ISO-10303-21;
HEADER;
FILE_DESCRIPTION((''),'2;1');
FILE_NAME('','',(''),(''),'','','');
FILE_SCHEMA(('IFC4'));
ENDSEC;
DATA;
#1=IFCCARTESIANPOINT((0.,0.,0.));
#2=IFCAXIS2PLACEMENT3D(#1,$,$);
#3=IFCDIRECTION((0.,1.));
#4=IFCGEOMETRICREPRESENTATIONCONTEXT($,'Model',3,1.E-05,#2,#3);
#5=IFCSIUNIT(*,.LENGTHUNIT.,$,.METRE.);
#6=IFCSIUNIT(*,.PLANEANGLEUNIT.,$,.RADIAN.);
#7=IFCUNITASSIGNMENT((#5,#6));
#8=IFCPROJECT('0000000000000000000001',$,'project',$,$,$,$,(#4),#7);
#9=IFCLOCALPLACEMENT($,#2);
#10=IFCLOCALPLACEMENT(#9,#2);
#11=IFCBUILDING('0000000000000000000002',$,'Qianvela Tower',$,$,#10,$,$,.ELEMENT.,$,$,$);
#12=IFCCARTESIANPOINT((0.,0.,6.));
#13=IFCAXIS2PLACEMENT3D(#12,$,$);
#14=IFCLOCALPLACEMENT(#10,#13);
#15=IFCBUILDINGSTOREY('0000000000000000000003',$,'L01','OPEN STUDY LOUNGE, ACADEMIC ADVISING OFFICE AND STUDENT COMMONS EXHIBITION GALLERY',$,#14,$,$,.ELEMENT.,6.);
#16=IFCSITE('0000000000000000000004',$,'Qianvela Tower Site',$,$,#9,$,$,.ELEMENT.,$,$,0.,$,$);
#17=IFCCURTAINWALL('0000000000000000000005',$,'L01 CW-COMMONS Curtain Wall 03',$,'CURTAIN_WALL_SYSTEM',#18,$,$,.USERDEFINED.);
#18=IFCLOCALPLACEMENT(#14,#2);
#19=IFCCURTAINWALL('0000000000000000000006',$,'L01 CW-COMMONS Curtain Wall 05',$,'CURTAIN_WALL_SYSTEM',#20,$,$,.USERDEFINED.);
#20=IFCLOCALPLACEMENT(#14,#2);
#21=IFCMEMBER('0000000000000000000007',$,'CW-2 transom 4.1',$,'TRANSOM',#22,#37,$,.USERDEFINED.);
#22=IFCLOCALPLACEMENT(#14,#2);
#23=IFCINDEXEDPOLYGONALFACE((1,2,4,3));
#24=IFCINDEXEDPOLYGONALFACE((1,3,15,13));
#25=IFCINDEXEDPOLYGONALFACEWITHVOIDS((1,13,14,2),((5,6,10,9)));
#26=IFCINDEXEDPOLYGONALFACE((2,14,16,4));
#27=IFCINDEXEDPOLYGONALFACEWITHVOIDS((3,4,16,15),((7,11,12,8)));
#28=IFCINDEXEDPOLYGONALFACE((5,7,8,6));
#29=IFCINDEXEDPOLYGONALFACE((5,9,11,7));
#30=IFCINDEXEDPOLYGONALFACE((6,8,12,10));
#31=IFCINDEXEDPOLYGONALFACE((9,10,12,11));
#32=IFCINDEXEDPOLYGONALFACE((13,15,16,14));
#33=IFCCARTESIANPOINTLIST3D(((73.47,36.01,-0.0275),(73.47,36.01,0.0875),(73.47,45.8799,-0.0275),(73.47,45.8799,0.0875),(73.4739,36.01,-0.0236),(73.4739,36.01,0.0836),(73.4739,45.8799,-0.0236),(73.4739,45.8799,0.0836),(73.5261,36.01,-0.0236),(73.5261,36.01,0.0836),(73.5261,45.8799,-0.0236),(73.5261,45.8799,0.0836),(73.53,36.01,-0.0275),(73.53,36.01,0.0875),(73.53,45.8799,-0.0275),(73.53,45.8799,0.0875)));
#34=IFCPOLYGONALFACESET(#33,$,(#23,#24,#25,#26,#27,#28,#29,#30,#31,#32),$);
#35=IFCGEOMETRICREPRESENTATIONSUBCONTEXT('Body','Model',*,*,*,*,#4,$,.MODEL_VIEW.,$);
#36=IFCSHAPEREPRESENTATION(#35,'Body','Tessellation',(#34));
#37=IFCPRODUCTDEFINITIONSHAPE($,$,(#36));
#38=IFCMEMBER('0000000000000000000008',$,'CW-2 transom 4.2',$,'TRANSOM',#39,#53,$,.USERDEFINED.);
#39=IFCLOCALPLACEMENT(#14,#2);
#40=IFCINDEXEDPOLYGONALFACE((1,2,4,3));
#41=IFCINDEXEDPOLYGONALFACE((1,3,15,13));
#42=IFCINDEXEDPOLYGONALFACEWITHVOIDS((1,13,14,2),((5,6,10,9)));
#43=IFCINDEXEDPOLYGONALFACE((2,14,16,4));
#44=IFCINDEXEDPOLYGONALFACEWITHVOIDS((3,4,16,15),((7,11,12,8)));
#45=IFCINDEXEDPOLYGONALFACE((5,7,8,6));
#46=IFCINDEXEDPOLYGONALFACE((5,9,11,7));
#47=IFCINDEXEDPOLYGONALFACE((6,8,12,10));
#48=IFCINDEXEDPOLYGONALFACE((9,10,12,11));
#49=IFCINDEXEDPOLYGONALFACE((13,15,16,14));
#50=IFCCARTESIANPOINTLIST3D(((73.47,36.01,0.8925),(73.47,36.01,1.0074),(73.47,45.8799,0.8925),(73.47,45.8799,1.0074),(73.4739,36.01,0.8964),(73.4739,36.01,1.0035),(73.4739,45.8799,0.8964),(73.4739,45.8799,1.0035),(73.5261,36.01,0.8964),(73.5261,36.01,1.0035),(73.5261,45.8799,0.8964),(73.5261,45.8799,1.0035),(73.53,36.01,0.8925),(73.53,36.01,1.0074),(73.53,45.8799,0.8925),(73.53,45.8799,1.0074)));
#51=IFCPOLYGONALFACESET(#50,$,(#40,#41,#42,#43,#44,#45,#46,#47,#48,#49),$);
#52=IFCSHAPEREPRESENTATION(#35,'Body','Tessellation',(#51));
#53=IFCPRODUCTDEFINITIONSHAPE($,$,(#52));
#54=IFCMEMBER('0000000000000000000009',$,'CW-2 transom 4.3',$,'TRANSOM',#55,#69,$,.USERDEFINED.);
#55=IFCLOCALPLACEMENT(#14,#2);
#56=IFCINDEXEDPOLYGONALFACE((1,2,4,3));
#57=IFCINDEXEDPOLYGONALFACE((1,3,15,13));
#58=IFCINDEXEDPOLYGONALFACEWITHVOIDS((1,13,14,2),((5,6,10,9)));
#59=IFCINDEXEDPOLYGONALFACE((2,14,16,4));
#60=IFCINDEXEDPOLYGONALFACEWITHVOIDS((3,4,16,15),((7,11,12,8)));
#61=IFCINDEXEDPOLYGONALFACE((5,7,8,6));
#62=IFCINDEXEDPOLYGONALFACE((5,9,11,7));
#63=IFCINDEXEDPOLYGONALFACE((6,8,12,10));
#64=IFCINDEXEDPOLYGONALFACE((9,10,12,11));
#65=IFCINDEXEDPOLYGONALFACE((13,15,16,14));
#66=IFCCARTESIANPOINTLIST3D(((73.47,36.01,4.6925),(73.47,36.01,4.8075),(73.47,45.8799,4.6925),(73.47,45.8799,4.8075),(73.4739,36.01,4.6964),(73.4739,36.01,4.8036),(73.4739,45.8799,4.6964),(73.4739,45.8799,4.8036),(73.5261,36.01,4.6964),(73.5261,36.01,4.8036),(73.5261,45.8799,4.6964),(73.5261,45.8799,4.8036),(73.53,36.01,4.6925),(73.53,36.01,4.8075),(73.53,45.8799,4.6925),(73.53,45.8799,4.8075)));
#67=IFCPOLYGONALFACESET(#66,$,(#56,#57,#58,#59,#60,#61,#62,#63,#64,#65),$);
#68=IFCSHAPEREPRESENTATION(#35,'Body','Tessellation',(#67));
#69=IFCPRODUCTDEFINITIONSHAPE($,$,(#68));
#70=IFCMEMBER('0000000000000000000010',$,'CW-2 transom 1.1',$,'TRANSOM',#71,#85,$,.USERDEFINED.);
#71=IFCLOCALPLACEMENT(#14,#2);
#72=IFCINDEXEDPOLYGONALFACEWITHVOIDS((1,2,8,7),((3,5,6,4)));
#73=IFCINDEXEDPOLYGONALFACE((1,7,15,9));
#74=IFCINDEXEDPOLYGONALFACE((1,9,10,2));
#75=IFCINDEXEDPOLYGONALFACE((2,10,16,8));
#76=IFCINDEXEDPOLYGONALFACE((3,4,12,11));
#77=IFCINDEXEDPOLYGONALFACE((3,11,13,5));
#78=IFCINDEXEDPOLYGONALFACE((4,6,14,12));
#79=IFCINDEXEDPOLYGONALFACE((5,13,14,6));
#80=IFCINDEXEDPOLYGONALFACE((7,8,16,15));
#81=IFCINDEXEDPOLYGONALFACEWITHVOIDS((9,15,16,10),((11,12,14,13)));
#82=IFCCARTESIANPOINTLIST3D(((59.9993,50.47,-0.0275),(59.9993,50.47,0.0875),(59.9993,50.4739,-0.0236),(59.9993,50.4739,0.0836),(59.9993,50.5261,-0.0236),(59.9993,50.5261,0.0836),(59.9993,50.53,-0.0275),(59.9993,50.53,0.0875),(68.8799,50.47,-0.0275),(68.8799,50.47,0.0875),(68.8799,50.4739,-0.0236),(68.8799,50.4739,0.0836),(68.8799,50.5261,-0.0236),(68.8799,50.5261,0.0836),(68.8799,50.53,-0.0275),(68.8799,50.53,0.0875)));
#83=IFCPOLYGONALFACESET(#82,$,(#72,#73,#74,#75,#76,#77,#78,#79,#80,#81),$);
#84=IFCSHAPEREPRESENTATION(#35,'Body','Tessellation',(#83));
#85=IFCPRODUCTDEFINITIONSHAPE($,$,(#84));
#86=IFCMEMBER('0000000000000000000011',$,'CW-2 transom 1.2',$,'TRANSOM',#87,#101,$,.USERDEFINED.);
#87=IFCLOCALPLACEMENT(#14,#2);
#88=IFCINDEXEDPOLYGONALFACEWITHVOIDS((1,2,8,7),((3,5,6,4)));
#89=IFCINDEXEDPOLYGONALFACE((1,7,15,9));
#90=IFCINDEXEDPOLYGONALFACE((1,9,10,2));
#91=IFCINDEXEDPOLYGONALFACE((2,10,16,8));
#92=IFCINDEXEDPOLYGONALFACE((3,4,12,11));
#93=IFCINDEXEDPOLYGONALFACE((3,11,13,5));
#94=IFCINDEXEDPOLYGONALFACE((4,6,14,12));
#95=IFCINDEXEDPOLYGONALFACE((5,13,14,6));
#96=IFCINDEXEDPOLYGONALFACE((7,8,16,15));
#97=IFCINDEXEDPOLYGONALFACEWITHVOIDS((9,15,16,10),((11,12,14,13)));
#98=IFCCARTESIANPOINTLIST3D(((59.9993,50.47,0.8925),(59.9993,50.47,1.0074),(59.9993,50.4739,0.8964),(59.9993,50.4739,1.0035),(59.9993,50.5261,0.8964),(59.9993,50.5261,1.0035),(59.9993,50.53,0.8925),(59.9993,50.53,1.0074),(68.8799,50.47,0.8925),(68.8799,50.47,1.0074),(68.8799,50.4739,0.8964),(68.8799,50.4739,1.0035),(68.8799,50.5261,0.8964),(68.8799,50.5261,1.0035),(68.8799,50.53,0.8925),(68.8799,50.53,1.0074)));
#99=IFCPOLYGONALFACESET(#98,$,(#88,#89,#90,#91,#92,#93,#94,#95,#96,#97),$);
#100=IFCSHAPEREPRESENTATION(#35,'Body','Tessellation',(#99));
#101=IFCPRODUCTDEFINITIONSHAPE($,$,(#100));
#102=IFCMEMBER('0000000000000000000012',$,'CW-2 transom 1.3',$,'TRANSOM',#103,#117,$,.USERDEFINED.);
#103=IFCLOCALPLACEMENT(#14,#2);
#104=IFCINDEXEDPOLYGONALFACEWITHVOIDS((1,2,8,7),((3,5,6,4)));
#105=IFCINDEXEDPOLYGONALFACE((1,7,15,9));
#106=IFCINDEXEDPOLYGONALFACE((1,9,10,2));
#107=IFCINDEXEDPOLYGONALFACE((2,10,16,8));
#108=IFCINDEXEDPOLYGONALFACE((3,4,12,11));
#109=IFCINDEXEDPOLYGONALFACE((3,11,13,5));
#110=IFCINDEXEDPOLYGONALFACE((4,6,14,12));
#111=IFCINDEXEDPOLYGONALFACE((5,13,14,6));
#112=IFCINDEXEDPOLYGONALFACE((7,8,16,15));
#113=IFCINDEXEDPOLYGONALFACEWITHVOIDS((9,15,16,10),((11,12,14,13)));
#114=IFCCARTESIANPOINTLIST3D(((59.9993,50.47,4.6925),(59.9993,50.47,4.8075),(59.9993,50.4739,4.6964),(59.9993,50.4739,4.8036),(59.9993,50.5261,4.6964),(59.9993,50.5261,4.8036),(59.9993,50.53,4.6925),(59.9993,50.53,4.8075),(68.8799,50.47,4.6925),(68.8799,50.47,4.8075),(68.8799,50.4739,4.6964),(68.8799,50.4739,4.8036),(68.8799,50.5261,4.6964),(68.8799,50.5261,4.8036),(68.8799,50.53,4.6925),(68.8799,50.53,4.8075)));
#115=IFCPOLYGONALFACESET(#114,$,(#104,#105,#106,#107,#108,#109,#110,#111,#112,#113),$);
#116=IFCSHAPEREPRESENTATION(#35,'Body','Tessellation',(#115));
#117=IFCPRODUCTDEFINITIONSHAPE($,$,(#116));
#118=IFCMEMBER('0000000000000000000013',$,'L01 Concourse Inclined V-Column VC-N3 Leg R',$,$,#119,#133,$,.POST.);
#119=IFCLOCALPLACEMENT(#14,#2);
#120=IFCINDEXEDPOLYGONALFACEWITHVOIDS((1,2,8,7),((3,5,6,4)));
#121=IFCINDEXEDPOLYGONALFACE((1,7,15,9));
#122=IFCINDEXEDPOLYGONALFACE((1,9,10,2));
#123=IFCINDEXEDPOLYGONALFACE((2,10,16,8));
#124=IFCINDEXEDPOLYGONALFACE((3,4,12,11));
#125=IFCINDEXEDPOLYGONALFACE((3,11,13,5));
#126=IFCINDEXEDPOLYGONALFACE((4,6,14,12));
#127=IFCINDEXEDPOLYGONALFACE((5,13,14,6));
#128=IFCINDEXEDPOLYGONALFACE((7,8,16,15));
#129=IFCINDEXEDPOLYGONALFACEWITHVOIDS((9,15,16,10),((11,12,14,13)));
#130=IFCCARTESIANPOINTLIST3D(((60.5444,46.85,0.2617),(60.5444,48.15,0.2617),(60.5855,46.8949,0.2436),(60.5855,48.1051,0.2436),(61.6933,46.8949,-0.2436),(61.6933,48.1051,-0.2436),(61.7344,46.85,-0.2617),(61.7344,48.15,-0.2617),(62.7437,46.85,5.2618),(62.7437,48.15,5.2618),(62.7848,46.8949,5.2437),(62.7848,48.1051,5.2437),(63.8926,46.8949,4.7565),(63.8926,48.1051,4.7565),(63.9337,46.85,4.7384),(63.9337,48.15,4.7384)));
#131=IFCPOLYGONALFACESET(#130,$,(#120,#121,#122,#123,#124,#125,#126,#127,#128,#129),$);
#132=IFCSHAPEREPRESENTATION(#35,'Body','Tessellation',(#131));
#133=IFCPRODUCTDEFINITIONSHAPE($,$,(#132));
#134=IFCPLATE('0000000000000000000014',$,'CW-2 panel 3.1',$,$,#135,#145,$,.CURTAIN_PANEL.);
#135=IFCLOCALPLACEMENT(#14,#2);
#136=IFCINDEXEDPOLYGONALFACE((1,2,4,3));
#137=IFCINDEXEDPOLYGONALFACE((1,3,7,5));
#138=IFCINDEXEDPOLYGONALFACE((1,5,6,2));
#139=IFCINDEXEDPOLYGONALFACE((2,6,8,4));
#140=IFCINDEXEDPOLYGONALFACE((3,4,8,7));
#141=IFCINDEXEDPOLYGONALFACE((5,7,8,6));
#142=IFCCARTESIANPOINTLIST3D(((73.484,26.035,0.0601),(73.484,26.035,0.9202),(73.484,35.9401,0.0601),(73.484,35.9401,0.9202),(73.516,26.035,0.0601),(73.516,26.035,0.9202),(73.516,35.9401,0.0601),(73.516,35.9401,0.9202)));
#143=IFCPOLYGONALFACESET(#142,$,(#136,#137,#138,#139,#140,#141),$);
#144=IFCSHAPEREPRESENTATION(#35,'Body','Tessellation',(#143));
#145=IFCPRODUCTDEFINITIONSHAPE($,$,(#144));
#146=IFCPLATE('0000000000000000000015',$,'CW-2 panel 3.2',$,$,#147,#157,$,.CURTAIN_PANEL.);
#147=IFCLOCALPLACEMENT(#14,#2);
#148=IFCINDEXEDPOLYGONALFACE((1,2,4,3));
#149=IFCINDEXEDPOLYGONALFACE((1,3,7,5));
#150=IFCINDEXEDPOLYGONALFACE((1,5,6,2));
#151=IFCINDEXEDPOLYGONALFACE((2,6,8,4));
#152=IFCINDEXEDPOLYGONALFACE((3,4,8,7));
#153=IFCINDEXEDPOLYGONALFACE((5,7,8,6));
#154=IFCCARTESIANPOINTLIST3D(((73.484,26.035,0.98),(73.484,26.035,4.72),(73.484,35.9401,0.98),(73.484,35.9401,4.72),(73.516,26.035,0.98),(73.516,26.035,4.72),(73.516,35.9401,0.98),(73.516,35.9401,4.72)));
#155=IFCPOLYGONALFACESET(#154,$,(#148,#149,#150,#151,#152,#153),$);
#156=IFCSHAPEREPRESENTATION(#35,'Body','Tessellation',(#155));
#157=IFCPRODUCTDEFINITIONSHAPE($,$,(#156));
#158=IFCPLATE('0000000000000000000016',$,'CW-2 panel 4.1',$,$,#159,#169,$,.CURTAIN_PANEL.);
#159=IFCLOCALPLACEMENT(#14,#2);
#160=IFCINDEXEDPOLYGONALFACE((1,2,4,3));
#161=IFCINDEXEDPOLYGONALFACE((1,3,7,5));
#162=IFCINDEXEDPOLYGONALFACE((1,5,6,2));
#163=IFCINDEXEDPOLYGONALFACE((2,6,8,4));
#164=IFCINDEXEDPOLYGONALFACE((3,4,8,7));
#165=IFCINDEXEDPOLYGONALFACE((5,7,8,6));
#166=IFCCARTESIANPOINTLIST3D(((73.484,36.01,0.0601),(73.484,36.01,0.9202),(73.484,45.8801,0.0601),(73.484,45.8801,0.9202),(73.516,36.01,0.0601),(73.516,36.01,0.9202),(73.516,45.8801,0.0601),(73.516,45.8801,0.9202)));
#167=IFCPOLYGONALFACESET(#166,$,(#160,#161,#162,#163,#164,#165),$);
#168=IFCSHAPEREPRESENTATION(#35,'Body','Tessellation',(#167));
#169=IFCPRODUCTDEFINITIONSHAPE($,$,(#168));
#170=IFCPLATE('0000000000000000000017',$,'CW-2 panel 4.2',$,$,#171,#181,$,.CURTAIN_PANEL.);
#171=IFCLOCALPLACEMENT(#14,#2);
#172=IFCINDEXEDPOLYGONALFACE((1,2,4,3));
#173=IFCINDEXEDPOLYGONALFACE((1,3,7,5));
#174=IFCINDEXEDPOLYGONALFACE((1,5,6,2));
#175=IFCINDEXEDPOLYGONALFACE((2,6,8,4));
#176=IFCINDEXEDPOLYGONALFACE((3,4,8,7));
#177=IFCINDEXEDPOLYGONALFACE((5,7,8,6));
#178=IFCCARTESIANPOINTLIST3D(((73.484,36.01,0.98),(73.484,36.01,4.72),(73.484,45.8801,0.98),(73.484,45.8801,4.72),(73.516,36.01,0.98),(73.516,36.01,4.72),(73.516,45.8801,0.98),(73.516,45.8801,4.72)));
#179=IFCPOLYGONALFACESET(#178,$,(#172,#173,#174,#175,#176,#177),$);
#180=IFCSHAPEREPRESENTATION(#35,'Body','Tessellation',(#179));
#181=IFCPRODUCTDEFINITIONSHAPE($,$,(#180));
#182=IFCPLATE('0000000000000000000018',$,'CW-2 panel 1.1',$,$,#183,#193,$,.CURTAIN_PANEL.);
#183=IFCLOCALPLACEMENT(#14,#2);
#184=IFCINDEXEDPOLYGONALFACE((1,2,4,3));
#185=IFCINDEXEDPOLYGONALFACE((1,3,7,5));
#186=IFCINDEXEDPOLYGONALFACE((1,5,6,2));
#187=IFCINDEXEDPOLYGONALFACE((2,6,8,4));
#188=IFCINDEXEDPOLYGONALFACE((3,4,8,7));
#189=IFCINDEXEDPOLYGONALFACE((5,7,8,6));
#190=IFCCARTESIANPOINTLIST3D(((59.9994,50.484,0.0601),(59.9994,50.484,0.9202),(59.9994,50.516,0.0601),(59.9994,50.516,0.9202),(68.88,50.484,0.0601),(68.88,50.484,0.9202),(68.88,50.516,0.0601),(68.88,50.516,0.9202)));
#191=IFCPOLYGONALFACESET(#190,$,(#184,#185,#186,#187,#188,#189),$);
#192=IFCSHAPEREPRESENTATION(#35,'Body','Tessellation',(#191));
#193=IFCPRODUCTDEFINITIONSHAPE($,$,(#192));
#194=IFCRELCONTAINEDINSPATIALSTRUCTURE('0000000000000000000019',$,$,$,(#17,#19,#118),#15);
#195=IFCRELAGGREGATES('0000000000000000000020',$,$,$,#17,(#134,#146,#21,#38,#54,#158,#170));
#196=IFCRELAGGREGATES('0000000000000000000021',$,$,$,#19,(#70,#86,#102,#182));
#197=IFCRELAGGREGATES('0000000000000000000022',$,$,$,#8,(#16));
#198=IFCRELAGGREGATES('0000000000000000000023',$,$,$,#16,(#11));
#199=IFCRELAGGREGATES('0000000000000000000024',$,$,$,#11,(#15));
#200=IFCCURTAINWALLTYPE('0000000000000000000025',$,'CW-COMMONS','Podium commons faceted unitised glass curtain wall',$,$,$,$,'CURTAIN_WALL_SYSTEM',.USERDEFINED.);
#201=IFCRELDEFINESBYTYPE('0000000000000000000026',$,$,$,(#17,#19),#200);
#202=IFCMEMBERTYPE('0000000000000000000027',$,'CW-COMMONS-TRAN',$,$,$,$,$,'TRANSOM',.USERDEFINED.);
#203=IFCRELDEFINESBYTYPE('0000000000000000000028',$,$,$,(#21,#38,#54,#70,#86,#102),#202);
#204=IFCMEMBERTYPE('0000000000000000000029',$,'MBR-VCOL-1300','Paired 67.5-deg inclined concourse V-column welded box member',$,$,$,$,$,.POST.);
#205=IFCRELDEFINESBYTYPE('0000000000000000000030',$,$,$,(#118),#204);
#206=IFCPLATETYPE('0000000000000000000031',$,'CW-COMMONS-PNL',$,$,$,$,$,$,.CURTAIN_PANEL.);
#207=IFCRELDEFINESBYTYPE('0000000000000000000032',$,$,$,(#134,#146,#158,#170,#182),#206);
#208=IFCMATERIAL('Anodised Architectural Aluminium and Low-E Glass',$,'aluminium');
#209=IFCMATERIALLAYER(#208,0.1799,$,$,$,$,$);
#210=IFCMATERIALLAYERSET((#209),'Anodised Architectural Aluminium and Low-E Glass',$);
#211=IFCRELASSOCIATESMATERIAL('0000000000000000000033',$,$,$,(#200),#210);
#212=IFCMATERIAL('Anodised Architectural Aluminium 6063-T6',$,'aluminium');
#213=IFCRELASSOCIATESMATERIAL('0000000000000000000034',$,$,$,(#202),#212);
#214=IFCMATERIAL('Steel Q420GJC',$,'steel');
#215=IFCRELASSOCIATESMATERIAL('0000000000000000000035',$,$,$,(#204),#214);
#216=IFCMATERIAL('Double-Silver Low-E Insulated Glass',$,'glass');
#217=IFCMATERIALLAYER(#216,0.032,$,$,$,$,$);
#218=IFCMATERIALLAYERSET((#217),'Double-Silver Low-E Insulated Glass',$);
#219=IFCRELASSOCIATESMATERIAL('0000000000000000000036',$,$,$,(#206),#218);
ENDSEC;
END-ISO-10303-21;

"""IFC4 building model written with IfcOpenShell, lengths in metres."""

from ifc_helpers import new_model, si_unit, direction, frame, origin, origin_2d, place, context, subcontext, project, spatial, rectangle, hollow_rectangle, extrude, material, layer, layer_set, material_profile, profile_set, type_object, element, aggregate, save


model = new_model("IFC4")

# Units and contexts
model_context = context("Model", 3, precision=1e-05, world=origin(), true_north=direction((0.0, 1.0)))
body_context = subcontext(model_context, "Body", "Model", "MODEL_VIEW")
ifc_project = project(units=[si_unit("LENGTHUNIT", "METRE"), si_unit("PLANEANGLEUNIT", "RADIAN")], contexts=[model_context])

# Site, building, storey
site_placement = place(None, origin())
site = spatial("IfcSite", under=ifc_project, at=site_placement, Name="Qianvela Tower Site", CompositionType="ELEMENT", RefElevation=0.0)
building_placement = place(site_placement, origin())
building = spatial("IfcBuilding", under=site, at=building_placement, Name="Qianvela Tower", CompositionType="ELEMENT")
storey_placement = place(building_placement, frame((0.0, 0.0, 6.0)))
storey = spatial("IfcBuildingStorey", under=building, at=storey_placement, Name="L01", Description="OPEN STUDY LOUNGE, ACADEMIC ADVISING OFFICE AND STUDENT COMMONS EXHIBITION GALLERY", CompositionType="ELEMENT", Elevation=6.0)

# Curtain wall
ifc_material_1 = material(Name="Anodised Architectural Aluminium and Low-E Glass", Category="aluminium")
ifc_layer_1 = layer(ifc_material_1, 0.1799)
ifc_layer_set_1 = layer_set([ifc_layer_1], Name="Anodised Architectural Aluminium and Low-E Glass")
curtain_wall_type = type_object("IfcCurtainWallType", Name="CW-COMMONS", Description="Podium commons faceted unitised glass curtain wall", ElementType="CURTAIN_WALL_SYSTEM", PredefinedType="USERDEFINED", material=ifc_layer_set_1)
curtain_wall_1_placement = place(storey_placement, origin())
curtain_wall_1 = element("IfcCurtainWall", 1, at=curtain_wall_1_placement, inside=storey, type_object=curtain_wall_type, Name="L01 CW-COMMONS Curtain Wall 03", ObjectType="CURTAIN_WALL_SYSTEM", PredefinedType="USERDEFINED")

# Curtain wall
curtain_wall_2_placement = place(storey_placement, origin())
curtain_wall_2 = element("IfcCurtainWall", 2, at=curtain_wall_2_placement, inside=storey, type_object=curtain_wall_type, Name="L01 CW-COMMONS Curtain Wall 05", ObjectType="CURTAIN_WALL_SYSTEM", PredefinedType="USERDEFINED")

# Members
ifc_material_2 = material(Name="Anodised Architectural Aluminium 6063-T6", Category="aluminium")
ifc_material_profile_1 = material_profile(ifc_material_2, hollow_rectangle(XDim=0.0601, YDim=0.115, WallThickness=0.0039, at=origin_2d()), Name="ALU-TRAN-60x115")
ifc_profile_set_1 = profile_set([ifc_material_profile_1], Name="Anodised Architectural Aluminium 6063-T6")
member_type_1 = type_object("IfcMemberType", Name="CW-COMMONS-TRAN", ElementType="TRANSOM", PredefinedType="USERDEFINED", material=ifc_profile_set_1)
member_1_placement = place(storey_placement, frame((73.5, 36.01, 0.03), z_axis=(0.0, 1.0, 0.0), x_axis=(-1.0, 0.0, 0.0)))
member_1 = element("IfcMember", 3, at=member_1_placement, type_object=member_type_1, Name="CW-2 transom 4.1", ObjectType="TRANSOM", PredefinedType="USERDEFINED", context=body_context, shape_type="SweptSolid", body=[
    extrude(hollow_rectangle(XDim=0.0601, YDim=0.115, WallThickness=0.0039, at=origin_2d()), origin(), (0.0, 0.0, 1.0), 9.8699),
])
member_2_placement = place(storey_placement, frame((73.5, 36.01, 0.95), z_axis=(0.0, 1.0, 0.0), x_axis=(-1.0, 0.0, 0.0)))
member_2 = element("IfcMember", 4, at=member_2_placement, type_object=member_type_1, Name="CW-2 transom 4.2", ObjectType="TRANSOM", PredefinedType="USERDEFINED", context=body_context, shape_type="SweptSolid", body=[
    extrude(hollow_rectangle(XDim=0.0601, YDim=0.115, WallThickness=0.0039, at=origin_2d()), origin(), (0.0, 0.0, 1.0), 9.8699),
])
member_3_placement = place(storey_placement, frame((73.5, 36.01, 4.75), z_axis=(0.0, 1.0, 0.0), x_axis=(-1.0, 0.0, 0.0)))
member_3 = element("IfcMember", 5, at=member_3_placement, type_object=member_type_1, Name="CW-2 transom 4.3", ObjectType="TRANSOM", PredefinedType="USERDEFINED", context=body_context, shape_type="SweptSolid", body=[
    extrude(hollow_rectangle(XDim=0.0601, YDim=0.115, WallThickness=0.0039, at=origin_2d()), origin(), (0.0, 0.0, 1.0), 9.8699),
])
member_4_placement = place(storey_placement, frame((68.8799, 50.5, 0.03), z_axis=(-1.0, 0.0, 0.0), x_axis=(0.0, -1.0, 0.0)))
member_4 = element("IfcMember", 6, at=member_4_placement, type_object=member_type_1, Name="CW-2 transom 1.1", ObjectType="TRANSOM", PredefinedType="USERDEFINED", context=body_context, shape_type="SweptSolid", body=[
    extrude(hollow_rectangle(XDim=0.0601, YDim=0.115, WallThickness=0.0039, at=origin_2d()), origin(), (0.0, 0.0, 1.0), 8.8806),
])
member_5_placement = place(storey_placement, frame((68.8799, 50.5, 0.95), z_axis=(-1.0, 0.0, 0.0), x_axis=(0.0, -1.0, 0.0)))
member_5 = element("IfcMember", 7, at=member_5_placement, type_object=member_type_1, Name="CW-2 transom 1.2", ObjectType="TRANSOM", PredefinedType="USERDEFINED", context=body_context, shape_type="SweptSolid", body=[
    extrude(hollow_rectangle(XDim=0.0601, YDim=0.115, WallThickness=0.0039, at=origin_2d()), origin(), (0.0, 0.0, 1.0), 8.8806),
])
member_6_placement = place(storey_placement, frame((68.8799, 50.5, 4.75), z_axis=(-1.0, 0.0, 0.0), x_axis=(0.0, -1.0, 0.0)))
member_6 = element("IfcMember", 8, at=member_6_placement, type_object=member_type_1, Name="CW-2 transom 1.3", ObjectType="TRANSOM", PredefinedType="USERDEFINED", context=body_context, shape_type="SweptSolid", body=[
    extrude(hollow_rectangle(XDim=0.0601, YDim=0.115, WallThickness=0.0039, at=origin_2d()), origin(), (0.0, 0.0, 1.0), 8.8806),
])
ifc_material_3 = material(Name="Steel Q420GJC", Category="steel")
ifc_material_profile_2 = material_profile(ifc_material_3, hollow_rectangle(XDim=1.3, YDim=1.3, WallThickness=0.0449, at=origin_2d()), Name="VBOX-1300x1300x45")
ifc_profile_set_2 = profile_set([ifc_material_profile_2], Name="Steel Q420GJC")
member_type_2 = type_object("IfcMemberType", Name="MBR-VCOL-1300", Description="Paired 67.5-deg inclined concourse V-column welded box member", PredefinedType="POST", material=ifc_profile_set_2)
member_7_placement = place(storey_placement, frame((61.1394, 47.5, 0.0), z_axis=(0.402619, 0.0, 0.915368), x_axis=(0.0, 1.0, 0.0)))
element("IfcMember", 9, at=member_7_placement, inside=storey, type_object=member_type_2, Name="L01 Concourse Inclined V-Column VC-N3 Leg R", PredefinedType="POST", context=body_context, shape_type="SweptSolid", body=[
    extrude(hollow_rectangle(XDim=1.3, YDim=1.3, WallThickness=0.0449, at=origin_2d()), origin(), (0.0, 0.0, 1.0), 5.4624),
])

# Plates
ifc_material_4 = material(Name="Double-Silver Low-E Insulated Glass", Category="glass")
ifc_layer_2 = layer(ifc_material_4, 0.032)
ifc_layer_set_2 = layer_set([ifc_layer_2], Name="Double-Silver Low-E Insulated Glass")
plate_type = type_object("IfcPlateType", Name="CW-COMMONS-PNL", PredefinedType="CURTAIN_PANEL", material=ifc_layer_set_2)
plate_1_placement = place(storey_placement, frame((73.5, 30.9875, 0.0601), z_axis=(0.0, 0.0, 1.0), x_axis=(0.0, 1.0, 0.0)))
plate_1 = element("IfcPlate", 10, at=plate_1_placement, type_object=plate_type, Name="CW-2 panel 3.1", PredefinedType="CURTAIN_PANEL", context=body_context, shape_type="SweptSolid", body=[
    extrude(rectangle(XDim=9.905, YDim=0.032, at=origin_2d()), origin(), (0.0, 0.0, 1.0), 0.8601),
])
plate_2_placement = place(storey_placement, frame((73.5, 30.9875, 0.98), z_axis=(0.0, 0.0, 1.0), x_axis=(0.0, 1.0, 0.0)))
plate_2 = element("IfcPlate", 11, at=plate_2_placement, type_object=plate_type, Name="CW-2 panel 3.2", PredefinedType="CURTAIN_PANEL", context=body_context, shape_type="SweptSolid", body=[
    extrude(rectangle(XDim=9.905, YDim=0.032, at=origin_2d()), origin(), (0.0, 0.0, 1.0), 3.74),
])
plate_3_placement = place(storey_placement, frame((73.5, 40.9451, 0.0601), z_axis=(0.0, 0.0, 1.0), x_axis=(0.0, 1.0, 0.0)))
plate_3 = element("IfcPlate", 12, at=plate_3_placement, type_object=plate_type, Name="CW-2 panel 4.1", PredefinedType="CURTAIN_PANEL", context=body_context, shape_type="SweptSolid", body=[
    extrude(rectangle(XDim=9.8701, YDim=0.032, at=origin_2d()), origin(), (0.0, 0.0, 1.0), 0.8601),
])
plate_4_placement = place(storey_placement, frame((73.5, 40.9451, 0.98), z_axis=(0.0, 0.0, 1.0), x_axis=(0.0, 1.0, 0.0)))
plate_4 = element("IfcPlate", 13, at=plate_4_placement, type_object=plate_type, Name="CW-2 panel 4.2", PredefinedType="CURTAIN_PANEL", context=body_context, shape_type="SweptSolid", body=[
    extrude(rectangle(XDim=9.8701, YDim=0.032, at=origin_2d()), origin(), (0.0, 0.0, 1.0), 3.74),
])
aggregate(curtain_wall_1, [plate_1, plate_2, member_1, member_2, member_3, plate_3, plate_4])
plate_5_placement = place(storey_placement, frame((64.4397, 50.5, 0.0601), z_axis=(0.0, 0.0, 1.0), x_axis=(-1.0, 0.0, 0.0)))
plate_5 = element("IfcPlate", 14, at=plate_5_placement, type_object=plate_type, Name="CW-2 panel 1.1", PredefinedType="CURTAIN_PANEL", context=body_context, shape_type="SweptSolid", body=[
    extrude(rectangle(XDim=8.8806, YDim=0.032, at=origin_2d()), origin(), (0.0, 0.0, 1.0), 0.8601),
])
aggregate(curtain_wall_2, [member_4, member_5, member_6, plate_5])

save(model, "model.ifc")
